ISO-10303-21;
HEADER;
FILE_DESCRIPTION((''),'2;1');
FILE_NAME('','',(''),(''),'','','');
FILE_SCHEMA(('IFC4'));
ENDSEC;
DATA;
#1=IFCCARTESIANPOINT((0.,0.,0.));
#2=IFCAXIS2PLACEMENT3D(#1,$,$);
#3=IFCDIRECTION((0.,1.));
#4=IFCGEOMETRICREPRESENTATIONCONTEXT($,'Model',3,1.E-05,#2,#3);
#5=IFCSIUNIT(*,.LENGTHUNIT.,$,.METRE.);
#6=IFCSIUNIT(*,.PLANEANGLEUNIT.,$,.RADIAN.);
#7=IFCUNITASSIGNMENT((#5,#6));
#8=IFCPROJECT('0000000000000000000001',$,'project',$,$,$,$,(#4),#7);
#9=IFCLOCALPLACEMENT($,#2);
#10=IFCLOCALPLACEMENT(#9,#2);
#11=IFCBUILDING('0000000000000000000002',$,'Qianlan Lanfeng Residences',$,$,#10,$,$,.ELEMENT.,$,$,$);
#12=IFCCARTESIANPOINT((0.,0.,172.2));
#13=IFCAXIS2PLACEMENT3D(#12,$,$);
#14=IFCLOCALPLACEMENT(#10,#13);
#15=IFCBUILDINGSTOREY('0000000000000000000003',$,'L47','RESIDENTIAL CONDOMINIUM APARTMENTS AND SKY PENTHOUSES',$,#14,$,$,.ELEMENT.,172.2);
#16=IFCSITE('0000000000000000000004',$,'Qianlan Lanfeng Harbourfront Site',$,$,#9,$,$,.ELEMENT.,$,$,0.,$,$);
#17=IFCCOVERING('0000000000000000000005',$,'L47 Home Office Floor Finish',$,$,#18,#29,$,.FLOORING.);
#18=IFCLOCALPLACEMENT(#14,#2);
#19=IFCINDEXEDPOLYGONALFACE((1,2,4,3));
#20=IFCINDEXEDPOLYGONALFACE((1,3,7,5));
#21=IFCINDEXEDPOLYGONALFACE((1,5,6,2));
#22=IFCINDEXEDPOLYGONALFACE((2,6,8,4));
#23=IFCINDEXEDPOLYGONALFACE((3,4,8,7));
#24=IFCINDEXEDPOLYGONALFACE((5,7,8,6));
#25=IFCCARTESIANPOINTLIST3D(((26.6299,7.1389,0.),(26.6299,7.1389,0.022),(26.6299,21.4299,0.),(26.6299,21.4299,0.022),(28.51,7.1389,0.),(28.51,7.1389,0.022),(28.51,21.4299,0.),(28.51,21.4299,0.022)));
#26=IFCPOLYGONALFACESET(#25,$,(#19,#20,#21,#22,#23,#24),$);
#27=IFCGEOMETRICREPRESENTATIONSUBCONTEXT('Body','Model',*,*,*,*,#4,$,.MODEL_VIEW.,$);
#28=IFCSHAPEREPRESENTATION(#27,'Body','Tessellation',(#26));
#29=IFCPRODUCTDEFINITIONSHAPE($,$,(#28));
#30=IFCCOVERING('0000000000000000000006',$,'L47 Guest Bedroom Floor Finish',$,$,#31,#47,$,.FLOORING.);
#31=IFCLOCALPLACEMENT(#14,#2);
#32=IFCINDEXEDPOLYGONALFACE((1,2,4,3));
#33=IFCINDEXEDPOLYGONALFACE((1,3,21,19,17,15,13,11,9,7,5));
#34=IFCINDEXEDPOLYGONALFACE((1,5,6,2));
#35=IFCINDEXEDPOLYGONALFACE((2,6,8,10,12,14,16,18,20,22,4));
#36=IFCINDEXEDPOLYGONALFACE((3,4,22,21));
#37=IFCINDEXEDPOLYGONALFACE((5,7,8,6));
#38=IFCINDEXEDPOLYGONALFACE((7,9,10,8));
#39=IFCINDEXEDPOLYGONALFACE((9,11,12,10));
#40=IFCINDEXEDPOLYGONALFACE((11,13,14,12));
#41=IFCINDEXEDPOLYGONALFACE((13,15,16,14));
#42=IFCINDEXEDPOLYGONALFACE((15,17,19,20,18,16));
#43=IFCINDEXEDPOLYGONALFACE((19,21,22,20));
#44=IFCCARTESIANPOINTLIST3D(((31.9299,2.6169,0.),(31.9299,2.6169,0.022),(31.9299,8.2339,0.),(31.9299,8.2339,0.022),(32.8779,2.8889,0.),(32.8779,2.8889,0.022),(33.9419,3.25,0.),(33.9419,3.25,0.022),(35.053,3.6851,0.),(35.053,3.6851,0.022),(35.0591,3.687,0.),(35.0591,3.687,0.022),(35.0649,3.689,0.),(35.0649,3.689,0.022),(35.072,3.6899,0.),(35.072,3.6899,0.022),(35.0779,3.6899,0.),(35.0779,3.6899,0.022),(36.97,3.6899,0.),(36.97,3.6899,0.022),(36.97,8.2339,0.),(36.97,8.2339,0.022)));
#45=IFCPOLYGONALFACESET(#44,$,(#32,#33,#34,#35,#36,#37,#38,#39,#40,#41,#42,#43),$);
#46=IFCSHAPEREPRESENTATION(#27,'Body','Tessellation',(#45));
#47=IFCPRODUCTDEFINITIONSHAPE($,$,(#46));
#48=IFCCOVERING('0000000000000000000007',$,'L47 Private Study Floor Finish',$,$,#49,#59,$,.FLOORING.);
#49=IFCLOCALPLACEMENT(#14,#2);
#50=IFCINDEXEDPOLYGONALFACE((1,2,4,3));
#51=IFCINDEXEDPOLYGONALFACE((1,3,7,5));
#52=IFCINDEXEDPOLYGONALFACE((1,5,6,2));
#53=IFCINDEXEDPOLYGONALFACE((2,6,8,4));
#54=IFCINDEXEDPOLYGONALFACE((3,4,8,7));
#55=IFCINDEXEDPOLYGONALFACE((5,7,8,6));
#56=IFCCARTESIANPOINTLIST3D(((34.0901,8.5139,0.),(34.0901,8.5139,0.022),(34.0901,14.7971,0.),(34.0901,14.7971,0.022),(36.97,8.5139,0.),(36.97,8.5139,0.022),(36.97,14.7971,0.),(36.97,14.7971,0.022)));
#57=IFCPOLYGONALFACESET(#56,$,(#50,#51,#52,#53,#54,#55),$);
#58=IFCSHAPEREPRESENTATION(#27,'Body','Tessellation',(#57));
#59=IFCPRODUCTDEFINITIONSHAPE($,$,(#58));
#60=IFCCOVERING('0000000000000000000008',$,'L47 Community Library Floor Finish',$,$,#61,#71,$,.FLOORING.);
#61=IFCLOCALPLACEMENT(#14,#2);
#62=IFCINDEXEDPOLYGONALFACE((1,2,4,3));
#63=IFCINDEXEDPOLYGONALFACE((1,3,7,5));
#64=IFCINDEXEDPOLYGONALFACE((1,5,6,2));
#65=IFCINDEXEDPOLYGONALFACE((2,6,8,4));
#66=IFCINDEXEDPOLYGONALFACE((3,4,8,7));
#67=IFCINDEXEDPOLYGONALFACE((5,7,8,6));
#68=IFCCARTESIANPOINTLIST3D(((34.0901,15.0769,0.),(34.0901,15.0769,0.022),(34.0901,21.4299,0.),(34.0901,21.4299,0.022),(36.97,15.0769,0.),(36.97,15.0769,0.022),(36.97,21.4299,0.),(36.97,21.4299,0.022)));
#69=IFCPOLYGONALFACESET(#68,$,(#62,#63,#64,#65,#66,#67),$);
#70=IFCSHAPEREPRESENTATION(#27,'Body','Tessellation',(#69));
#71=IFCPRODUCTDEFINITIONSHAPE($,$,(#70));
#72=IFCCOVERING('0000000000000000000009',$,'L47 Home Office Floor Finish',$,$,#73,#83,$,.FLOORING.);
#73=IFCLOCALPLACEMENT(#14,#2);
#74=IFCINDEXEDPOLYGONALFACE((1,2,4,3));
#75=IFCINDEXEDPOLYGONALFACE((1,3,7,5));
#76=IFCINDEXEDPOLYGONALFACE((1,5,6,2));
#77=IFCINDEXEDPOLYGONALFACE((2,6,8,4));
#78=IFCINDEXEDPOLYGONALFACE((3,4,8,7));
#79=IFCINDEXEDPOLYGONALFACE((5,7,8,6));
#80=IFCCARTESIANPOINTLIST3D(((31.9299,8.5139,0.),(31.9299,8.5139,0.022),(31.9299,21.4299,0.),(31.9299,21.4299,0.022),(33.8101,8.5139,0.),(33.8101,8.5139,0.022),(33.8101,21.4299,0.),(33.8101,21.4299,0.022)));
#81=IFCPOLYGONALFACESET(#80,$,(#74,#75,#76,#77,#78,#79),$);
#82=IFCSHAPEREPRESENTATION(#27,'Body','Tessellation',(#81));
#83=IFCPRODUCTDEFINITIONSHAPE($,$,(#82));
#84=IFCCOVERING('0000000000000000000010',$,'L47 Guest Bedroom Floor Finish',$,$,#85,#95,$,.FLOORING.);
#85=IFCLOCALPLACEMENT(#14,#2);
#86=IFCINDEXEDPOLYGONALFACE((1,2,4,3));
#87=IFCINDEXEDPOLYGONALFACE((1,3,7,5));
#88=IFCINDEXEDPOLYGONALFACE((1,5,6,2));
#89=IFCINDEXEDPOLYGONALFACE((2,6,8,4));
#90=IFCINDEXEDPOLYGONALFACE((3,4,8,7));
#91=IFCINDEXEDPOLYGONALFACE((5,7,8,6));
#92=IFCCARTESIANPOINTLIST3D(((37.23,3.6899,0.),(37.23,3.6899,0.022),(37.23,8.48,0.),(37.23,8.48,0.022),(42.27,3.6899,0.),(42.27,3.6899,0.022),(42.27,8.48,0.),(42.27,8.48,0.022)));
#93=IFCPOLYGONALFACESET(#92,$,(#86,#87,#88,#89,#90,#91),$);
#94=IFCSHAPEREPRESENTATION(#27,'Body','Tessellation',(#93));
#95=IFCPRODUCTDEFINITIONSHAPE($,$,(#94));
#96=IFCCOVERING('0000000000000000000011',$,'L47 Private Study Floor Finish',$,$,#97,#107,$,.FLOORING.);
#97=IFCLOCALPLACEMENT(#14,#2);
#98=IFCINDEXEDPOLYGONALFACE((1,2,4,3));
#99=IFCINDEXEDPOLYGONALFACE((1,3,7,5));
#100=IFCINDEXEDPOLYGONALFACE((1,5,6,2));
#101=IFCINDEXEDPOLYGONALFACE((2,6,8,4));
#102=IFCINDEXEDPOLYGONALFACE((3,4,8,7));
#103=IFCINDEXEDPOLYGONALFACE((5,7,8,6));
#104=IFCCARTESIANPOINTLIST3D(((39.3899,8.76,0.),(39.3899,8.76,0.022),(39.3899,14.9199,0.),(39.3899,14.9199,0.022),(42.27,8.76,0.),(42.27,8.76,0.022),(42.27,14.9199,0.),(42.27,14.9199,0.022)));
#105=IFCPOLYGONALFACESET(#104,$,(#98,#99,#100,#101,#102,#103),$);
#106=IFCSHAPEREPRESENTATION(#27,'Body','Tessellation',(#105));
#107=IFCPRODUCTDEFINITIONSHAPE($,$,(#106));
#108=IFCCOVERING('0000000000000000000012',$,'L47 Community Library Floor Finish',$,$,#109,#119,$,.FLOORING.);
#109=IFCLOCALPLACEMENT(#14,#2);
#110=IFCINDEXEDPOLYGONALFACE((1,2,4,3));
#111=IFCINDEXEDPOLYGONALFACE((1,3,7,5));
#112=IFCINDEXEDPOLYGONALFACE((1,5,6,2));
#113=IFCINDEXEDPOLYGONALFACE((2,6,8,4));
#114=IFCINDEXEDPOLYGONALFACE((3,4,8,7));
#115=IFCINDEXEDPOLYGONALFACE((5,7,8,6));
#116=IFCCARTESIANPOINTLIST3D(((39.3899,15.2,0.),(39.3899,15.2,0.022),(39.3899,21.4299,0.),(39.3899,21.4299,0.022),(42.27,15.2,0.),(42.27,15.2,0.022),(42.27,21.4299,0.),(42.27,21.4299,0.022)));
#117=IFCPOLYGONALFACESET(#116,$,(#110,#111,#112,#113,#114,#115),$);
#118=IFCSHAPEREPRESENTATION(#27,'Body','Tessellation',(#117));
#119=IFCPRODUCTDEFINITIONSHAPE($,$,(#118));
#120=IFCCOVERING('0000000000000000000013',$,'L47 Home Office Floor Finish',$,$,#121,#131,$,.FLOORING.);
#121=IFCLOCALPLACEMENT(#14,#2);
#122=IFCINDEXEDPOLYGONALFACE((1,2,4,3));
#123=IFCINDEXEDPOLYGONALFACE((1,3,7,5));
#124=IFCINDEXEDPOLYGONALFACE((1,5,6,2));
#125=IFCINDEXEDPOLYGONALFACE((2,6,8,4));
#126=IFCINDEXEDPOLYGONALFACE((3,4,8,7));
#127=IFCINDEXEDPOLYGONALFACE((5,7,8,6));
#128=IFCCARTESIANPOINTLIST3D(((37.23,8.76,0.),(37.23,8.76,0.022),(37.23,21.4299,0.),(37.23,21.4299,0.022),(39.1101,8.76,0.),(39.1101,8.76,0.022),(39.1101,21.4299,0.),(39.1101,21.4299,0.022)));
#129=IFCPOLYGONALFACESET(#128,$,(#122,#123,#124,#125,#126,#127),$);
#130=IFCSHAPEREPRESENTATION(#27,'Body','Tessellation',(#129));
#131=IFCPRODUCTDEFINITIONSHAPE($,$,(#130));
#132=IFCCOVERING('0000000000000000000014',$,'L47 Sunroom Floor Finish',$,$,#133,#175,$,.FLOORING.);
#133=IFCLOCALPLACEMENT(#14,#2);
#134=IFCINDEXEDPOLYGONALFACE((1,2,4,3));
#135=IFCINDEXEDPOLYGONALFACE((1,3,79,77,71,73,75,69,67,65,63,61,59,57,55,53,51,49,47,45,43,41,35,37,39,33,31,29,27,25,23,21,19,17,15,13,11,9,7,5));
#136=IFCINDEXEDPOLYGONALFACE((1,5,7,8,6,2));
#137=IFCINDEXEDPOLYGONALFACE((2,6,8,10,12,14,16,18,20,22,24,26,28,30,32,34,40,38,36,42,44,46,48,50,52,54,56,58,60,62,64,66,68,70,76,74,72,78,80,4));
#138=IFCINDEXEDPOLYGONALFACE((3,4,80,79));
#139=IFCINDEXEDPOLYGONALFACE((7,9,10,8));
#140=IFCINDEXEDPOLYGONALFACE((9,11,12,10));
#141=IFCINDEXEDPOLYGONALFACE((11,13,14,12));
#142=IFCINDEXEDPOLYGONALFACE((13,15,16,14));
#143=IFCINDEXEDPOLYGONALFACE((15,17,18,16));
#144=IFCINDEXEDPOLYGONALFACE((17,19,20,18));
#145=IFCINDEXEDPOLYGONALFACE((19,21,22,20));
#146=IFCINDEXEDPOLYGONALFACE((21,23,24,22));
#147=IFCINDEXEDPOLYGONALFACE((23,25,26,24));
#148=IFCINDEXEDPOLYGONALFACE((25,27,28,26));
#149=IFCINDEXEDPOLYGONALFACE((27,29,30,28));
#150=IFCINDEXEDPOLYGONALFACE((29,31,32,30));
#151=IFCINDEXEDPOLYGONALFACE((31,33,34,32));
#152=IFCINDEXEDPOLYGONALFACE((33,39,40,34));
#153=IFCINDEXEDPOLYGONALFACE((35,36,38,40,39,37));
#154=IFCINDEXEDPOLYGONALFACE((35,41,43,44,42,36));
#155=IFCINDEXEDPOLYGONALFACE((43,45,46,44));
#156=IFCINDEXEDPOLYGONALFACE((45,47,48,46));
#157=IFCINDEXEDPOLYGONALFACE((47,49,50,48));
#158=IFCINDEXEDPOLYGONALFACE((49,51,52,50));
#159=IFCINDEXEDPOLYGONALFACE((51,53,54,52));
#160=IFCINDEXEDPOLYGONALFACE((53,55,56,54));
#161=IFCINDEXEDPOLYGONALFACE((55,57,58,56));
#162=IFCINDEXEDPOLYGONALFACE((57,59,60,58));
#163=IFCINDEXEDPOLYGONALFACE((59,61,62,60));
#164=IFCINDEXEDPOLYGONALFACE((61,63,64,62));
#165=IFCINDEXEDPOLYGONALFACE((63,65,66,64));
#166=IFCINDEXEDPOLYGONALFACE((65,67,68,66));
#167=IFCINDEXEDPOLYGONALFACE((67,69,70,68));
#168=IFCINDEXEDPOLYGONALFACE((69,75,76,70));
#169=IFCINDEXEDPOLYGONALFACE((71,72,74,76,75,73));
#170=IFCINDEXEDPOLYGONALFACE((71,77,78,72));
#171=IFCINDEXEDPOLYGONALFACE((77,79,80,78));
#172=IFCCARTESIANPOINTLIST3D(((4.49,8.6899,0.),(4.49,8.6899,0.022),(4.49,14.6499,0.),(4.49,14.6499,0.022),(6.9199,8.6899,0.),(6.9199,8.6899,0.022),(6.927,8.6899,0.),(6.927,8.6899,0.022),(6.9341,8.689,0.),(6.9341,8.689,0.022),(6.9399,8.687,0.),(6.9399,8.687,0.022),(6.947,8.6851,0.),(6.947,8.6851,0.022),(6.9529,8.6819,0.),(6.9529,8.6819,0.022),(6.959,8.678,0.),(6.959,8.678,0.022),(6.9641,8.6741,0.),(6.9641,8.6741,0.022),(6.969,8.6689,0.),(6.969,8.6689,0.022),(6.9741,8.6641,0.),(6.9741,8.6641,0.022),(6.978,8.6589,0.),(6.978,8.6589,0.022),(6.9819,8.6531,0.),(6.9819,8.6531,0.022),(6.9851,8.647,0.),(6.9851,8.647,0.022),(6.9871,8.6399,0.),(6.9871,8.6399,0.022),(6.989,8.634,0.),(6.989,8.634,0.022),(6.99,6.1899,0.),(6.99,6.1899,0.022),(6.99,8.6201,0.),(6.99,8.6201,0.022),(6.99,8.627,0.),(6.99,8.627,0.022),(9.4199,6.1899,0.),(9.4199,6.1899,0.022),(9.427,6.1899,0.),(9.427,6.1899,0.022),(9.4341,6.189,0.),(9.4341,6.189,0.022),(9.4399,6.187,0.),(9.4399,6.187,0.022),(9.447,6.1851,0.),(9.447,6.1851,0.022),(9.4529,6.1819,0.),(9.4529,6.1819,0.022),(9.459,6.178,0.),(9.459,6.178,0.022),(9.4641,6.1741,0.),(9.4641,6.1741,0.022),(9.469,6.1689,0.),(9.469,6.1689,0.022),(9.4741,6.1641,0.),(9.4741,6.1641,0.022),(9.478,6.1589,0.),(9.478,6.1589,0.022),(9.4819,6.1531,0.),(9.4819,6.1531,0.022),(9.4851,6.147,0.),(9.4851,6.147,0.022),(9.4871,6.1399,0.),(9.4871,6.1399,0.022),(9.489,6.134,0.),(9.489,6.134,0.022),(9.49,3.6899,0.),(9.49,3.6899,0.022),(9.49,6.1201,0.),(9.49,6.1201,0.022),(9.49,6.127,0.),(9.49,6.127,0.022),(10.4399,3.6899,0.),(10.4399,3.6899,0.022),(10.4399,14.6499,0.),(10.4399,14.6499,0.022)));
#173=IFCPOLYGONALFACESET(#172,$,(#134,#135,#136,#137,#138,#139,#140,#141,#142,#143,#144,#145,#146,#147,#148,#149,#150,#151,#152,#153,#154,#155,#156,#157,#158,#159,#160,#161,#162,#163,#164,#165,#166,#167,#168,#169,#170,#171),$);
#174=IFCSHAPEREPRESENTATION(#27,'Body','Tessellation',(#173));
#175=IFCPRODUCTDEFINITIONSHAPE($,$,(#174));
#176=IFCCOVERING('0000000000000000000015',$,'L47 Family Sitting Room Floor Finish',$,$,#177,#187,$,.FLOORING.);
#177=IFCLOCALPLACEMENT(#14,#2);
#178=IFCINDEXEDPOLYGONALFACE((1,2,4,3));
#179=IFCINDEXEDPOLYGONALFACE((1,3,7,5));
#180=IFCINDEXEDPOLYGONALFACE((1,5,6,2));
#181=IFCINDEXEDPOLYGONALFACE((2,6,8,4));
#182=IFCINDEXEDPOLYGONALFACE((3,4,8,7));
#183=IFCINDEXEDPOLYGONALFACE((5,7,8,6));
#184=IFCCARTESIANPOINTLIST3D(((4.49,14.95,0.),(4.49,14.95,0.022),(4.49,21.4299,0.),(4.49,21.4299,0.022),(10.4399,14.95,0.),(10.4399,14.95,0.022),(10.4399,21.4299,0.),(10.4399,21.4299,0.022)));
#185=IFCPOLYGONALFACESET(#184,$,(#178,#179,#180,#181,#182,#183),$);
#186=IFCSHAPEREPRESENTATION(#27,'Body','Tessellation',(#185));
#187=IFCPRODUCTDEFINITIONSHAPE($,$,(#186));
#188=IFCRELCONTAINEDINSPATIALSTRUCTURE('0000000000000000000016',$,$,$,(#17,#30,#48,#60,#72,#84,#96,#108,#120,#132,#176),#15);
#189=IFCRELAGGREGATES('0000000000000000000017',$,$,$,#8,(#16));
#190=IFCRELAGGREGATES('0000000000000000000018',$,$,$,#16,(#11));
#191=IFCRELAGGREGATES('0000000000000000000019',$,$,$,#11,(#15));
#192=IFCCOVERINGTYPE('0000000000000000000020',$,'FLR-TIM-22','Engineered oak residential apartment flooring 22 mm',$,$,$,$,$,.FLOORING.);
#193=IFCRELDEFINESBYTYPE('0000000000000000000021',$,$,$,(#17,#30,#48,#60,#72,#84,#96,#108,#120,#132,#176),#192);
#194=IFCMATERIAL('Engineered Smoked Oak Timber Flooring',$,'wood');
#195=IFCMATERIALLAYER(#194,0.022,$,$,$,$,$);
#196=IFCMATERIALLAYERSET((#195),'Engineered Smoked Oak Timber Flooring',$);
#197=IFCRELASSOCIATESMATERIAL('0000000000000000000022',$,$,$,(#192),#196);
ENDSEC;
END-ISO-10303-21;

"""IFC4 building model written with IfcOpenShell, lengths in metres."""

from ifc_helpers import new_model, si_unit, direction, frame, origin, place, context, subcontext, project, spatial, polyline, outline, extrude, material, layer, layer_set, type_object, element, save


model = new_model("IFC4")

# Units and contexts
model_context = context("Model", 3, precision=1e-05, world=origin(), true_north=direction((0.0, 1.0)))
body_context = subcontext(model_context, "Body", "Model", "MODEL_VIEW")
ifc_project = project(units=[si_unit("LENGTHUNIT", "METRE"), si_unit("PLANEANGLEUNIT", "RADIAN")], contexts=[model_context])

# Site, building, storey
site_placement = place(None, origin())
site = spatial("IfcSite", under=ifc_project, at=site_placement, Name="Qianlan Lanfeng Harbourfront Site", CompositionType="ELEMENT", RefElevation=0.0)
building_placement = place(site_placement, origin())
building = spatial("IfcBuilding", under=site, at=building_placement, Name="Qianlan Lanfeng Residences", CompositionType="ELEMENT")
storey_placement = place(building_placement, frame((0.0, 0.0, 172.2)))
storey = spatial("IfcBuildingStorey", under=building, at=storey_placement, Name="L47", Description="RESIDENTIAL CONDOMINIUM APARTMENTS AND SKY PENTHOUSES", CompositionType="ELEMENT", Elevation=172.2)

# Coverings
ifc_material_1 = material(Name="Engineered Smoked Oak Timber Flooring", Category="wood")
ifc_layer_1 = layer(ifc_material_1, 0.022)
ifc_layer_set_1 = layer_set([ifc_layer_1], Name="Engineered Smoked Oak Timber Flooring")
covering_type_1 = type_object("IfcCoveringType", Name="FLR-TIM-22", Description="Engineered oak residential apartment flooring 22 mm", PredefinedType="FLOORING", material=ifc_layer_set_1)
covering_1_placement = place(storey_placement, origin())
element("IfcCovering", 1, at=covering_1_placement, inside=storey, type_object=covering_type_1, Name="L47 Home Office Floor Finish", PredefinedType="FLOORING", context=body_context, shape_type="SweptSolid", body=[
    extrude(outline(polyline([(26.6299, 7.1389), (28.51, 7.1389), (28.51, 21.4299), (26.6299, 21.4299), (26.6299, 7.1389)])), origin(), (0.0, 0.0, 1.0), 0.022),
])
covering_2_placement = place(storey_placement, origin())
element("IfcCovering", 2, at=covering_2_placement, inside=storey, type_object=covering_type_1, Name="L47 Guest Bedroom Floor Finish", PredefinedType="FLOORING", context=body_context, shape_type="SweptSolid", body=[
    extrude(outline(polyline([(31.9299, 8.2339), (31.9299, 2.6169), (32.8779, 2.8889), (33.9419, 3.25), (35.053, 3.6851), (35.0591, 3.687), (35.0649, 3.689), (35.072, 3.6899), (35.0779, 3.6899), (36.97, 3.6899), (36.97, 8.2339), (31.9299, 8.2339)])), origin(), (0.0, 0.0, 1.0), 0.022),
])
covering_3_placement = place(storey_placement, origin())
element("IfcCovering", 3, at=covering_3_placement, inside=storey, type_object=covering_type_1, Name="L47 Private Study Floor Finish", PredefinedType="FLOORING", context=body_context, shape_type="SweptSolid", body=[
    extrude(outline(polyline([(34.0901, 8.5139), (36.97, 8.5139), (36.97, 14.7971), (34.0901, 14.7971), (34.0901, 8.5139)])), origin(), (0.0, 0.0, 1.0), 0.022),
])
covering_4_placement = place(storey_placement, origin())
element("IfcCovering", 4, at=covering_4_placement, inside=storey, type_object=covering_type_1, Name="L47 Community Library Floor Finish", PredefinedType="FLOORING", context=body_context, shape_type="SweptSolid", body=[
    extrude(outline(polyline([(34.0901, 15.0769), (36.97, 15.0769), (36.97, 21.4299), (34.0901, 21.4299), (34.0901, 15.0769)])), origin(), (0.0, 0.0, 1.0), 0.022),
])
covering_5_placement = place(storey_placement, origin())
element("IfcCovering", 5, at=covering_5_placement, inside=storey, type_object=covering_type_1, Name="L47 Home Office Floor Finish", PredefinedType="FLOORING", context=body_context, shape_type="SweptSolid", body=[
    extrude(outline(polyline([(31.9299, 8.5139), (33.8101, 8.5139), (33.8101, 21.4299), (31.9299, 21.4299), (31.9299, 8.5139)])), origin(), (0.0, 0.0, 1.0), 0.022),
])
covering_6_placement = place(storey_placement, origin())
element("IfcCovering", 6, at=covering_6_placement, inside=storey, type_object=covering_type_1, Name="L47 Guest Bedroom Floor Finish", PredefinedType="FLOORING", context=body_context, shape_type="SweptSolid", body=[
    extrude(outline(polyline([(37.23, 8.48), (37.23, 3.6899), (42.27, 3.6899), (42.27, 8.48), (37.23, 8.48)])), origin(), (0.0, 0.0, 1.0), 0.022),
])
covering_7_placement = place(storey_placement, origin())
element("IfcCovering", 7, at=covering_7_placement, inside=storey, type_object=covering_type_1, Name="L47 Private Study Floor Finish", PredefinedType="FLOORING", context=body_context, shape_type="SweptSolid", body=[
    extrude(outline(polyline([(39.3899, 8.76), (42.27, 8.76), (42.27, 14.9199), (39.3899, 14.9199), (39.3899, 8.76)])), origin(), (0.0, 0.0, 1.0), 0.022),
])
covering_8_placement = place(storey_placement, origin())
element("IfcCovering", 8, at=covering_8_placement, inside=storey, type_object=covering_type_1, Name="L47 Community Library Floor Finish", PredefinedType="FLOORING", context=body_context, shape_type="SweptSolid", body=[
    extrude(outline(polyline([(39.3899, 15.2), (42.27, 15.2), (42.27, 21.4299), (39.3899, 21.4299), (39.3899, 15.2)])), origin(), (0.0, 0.0, 1.0), 0.022),
])
covering_9_placement = place(storey_placement, origin())
element("IfcCovering", 9, at=covering_9_placement, inside=storey, type_object=covering_type_1, Name="L47 Home Office Floor Finish", PredefinedType="FLOORING", context=body_context, shape_type="SweptSolid", body=[
    extrude(outline(polyline([(37.23, 8.76), (39.1101, 8.76), (39.1101, 21.4299), (37.23, 21.4299), (37.23, 8.76)])), origin(), (0.0, 0.0, 1.0), 0.022),
])
covering_10_placement = place(storey_placement, origin())
element("IfcCovering", 10, at=covering_10_placement, inside=storey, type_object=covering_type_1, Name="L47 Sunroom Floor Finish", PredefinedType="FLOORING", context=body_context, shape_type="SweptSolid", body=[
    extrude(outline(polyline([(10.4399, 14.6499), (4.49, 14.6499), (4.49, 8.6899), (6.9199, 8.6899), (6.927, 8.6899), (6.9341, 8.689), (6.9399, 8.687), (6.947, 8.6851), (6.9529, 8.6819), (6.959, 8.678), (6.9641, 8.6741), (6.969, 8.6689), (6.9741, 8.6641), (6.978, 8.6589), (6.9819, 8.6531), (6.9851, 8.647), (6.9871, 8.6399), (6.989, 8.634), (6.99, 8.627), (6.99, 8.6201), (6.99, 6.1899), (9.4199, 6.1899), (9.427, 6.1899), (9.4341, 6.189), (9.4399, 6.187), (9.447, 6.1851), (9.4529, 6.1819), (9.459, 6.178), (9.4641, 6.1741), (9.469, 6.1689), (9.4741, 6.1641), (9.478, 6.1589), (9.4819, 6.1531), (9.4851, 6.147), (9.4871, 6.1399), (9.489, 6.134), (9.49, 6.127), (9.49, 6.1201), (9.49, 3.6899), (10.4399, 3.6899), (10.4399, 14.6499)])), origin(), (0.0, 0.0, 1.0), 0.022),
])
covering_11_placement = place(storey_placement, origin())
element("IfcCovering", 11, at=covering_11_placement, inside=storey, type_object=covering_type_1, Name="L47 Family Sitting Room Floor Finish", PredefinedType="FLOORING", context=body_context, shape_type="SweptSolid", body=[
    extrude(outline(polyline([(10.4399, 21.4299), (4.49, 21.4299), (4.49, 14.95), (10.4399, 14.95), (10.4399, 21.4299)])), origin(), (0.0, 0.0, 1.0), 0.022),
])

save(model, "model.ifc")
